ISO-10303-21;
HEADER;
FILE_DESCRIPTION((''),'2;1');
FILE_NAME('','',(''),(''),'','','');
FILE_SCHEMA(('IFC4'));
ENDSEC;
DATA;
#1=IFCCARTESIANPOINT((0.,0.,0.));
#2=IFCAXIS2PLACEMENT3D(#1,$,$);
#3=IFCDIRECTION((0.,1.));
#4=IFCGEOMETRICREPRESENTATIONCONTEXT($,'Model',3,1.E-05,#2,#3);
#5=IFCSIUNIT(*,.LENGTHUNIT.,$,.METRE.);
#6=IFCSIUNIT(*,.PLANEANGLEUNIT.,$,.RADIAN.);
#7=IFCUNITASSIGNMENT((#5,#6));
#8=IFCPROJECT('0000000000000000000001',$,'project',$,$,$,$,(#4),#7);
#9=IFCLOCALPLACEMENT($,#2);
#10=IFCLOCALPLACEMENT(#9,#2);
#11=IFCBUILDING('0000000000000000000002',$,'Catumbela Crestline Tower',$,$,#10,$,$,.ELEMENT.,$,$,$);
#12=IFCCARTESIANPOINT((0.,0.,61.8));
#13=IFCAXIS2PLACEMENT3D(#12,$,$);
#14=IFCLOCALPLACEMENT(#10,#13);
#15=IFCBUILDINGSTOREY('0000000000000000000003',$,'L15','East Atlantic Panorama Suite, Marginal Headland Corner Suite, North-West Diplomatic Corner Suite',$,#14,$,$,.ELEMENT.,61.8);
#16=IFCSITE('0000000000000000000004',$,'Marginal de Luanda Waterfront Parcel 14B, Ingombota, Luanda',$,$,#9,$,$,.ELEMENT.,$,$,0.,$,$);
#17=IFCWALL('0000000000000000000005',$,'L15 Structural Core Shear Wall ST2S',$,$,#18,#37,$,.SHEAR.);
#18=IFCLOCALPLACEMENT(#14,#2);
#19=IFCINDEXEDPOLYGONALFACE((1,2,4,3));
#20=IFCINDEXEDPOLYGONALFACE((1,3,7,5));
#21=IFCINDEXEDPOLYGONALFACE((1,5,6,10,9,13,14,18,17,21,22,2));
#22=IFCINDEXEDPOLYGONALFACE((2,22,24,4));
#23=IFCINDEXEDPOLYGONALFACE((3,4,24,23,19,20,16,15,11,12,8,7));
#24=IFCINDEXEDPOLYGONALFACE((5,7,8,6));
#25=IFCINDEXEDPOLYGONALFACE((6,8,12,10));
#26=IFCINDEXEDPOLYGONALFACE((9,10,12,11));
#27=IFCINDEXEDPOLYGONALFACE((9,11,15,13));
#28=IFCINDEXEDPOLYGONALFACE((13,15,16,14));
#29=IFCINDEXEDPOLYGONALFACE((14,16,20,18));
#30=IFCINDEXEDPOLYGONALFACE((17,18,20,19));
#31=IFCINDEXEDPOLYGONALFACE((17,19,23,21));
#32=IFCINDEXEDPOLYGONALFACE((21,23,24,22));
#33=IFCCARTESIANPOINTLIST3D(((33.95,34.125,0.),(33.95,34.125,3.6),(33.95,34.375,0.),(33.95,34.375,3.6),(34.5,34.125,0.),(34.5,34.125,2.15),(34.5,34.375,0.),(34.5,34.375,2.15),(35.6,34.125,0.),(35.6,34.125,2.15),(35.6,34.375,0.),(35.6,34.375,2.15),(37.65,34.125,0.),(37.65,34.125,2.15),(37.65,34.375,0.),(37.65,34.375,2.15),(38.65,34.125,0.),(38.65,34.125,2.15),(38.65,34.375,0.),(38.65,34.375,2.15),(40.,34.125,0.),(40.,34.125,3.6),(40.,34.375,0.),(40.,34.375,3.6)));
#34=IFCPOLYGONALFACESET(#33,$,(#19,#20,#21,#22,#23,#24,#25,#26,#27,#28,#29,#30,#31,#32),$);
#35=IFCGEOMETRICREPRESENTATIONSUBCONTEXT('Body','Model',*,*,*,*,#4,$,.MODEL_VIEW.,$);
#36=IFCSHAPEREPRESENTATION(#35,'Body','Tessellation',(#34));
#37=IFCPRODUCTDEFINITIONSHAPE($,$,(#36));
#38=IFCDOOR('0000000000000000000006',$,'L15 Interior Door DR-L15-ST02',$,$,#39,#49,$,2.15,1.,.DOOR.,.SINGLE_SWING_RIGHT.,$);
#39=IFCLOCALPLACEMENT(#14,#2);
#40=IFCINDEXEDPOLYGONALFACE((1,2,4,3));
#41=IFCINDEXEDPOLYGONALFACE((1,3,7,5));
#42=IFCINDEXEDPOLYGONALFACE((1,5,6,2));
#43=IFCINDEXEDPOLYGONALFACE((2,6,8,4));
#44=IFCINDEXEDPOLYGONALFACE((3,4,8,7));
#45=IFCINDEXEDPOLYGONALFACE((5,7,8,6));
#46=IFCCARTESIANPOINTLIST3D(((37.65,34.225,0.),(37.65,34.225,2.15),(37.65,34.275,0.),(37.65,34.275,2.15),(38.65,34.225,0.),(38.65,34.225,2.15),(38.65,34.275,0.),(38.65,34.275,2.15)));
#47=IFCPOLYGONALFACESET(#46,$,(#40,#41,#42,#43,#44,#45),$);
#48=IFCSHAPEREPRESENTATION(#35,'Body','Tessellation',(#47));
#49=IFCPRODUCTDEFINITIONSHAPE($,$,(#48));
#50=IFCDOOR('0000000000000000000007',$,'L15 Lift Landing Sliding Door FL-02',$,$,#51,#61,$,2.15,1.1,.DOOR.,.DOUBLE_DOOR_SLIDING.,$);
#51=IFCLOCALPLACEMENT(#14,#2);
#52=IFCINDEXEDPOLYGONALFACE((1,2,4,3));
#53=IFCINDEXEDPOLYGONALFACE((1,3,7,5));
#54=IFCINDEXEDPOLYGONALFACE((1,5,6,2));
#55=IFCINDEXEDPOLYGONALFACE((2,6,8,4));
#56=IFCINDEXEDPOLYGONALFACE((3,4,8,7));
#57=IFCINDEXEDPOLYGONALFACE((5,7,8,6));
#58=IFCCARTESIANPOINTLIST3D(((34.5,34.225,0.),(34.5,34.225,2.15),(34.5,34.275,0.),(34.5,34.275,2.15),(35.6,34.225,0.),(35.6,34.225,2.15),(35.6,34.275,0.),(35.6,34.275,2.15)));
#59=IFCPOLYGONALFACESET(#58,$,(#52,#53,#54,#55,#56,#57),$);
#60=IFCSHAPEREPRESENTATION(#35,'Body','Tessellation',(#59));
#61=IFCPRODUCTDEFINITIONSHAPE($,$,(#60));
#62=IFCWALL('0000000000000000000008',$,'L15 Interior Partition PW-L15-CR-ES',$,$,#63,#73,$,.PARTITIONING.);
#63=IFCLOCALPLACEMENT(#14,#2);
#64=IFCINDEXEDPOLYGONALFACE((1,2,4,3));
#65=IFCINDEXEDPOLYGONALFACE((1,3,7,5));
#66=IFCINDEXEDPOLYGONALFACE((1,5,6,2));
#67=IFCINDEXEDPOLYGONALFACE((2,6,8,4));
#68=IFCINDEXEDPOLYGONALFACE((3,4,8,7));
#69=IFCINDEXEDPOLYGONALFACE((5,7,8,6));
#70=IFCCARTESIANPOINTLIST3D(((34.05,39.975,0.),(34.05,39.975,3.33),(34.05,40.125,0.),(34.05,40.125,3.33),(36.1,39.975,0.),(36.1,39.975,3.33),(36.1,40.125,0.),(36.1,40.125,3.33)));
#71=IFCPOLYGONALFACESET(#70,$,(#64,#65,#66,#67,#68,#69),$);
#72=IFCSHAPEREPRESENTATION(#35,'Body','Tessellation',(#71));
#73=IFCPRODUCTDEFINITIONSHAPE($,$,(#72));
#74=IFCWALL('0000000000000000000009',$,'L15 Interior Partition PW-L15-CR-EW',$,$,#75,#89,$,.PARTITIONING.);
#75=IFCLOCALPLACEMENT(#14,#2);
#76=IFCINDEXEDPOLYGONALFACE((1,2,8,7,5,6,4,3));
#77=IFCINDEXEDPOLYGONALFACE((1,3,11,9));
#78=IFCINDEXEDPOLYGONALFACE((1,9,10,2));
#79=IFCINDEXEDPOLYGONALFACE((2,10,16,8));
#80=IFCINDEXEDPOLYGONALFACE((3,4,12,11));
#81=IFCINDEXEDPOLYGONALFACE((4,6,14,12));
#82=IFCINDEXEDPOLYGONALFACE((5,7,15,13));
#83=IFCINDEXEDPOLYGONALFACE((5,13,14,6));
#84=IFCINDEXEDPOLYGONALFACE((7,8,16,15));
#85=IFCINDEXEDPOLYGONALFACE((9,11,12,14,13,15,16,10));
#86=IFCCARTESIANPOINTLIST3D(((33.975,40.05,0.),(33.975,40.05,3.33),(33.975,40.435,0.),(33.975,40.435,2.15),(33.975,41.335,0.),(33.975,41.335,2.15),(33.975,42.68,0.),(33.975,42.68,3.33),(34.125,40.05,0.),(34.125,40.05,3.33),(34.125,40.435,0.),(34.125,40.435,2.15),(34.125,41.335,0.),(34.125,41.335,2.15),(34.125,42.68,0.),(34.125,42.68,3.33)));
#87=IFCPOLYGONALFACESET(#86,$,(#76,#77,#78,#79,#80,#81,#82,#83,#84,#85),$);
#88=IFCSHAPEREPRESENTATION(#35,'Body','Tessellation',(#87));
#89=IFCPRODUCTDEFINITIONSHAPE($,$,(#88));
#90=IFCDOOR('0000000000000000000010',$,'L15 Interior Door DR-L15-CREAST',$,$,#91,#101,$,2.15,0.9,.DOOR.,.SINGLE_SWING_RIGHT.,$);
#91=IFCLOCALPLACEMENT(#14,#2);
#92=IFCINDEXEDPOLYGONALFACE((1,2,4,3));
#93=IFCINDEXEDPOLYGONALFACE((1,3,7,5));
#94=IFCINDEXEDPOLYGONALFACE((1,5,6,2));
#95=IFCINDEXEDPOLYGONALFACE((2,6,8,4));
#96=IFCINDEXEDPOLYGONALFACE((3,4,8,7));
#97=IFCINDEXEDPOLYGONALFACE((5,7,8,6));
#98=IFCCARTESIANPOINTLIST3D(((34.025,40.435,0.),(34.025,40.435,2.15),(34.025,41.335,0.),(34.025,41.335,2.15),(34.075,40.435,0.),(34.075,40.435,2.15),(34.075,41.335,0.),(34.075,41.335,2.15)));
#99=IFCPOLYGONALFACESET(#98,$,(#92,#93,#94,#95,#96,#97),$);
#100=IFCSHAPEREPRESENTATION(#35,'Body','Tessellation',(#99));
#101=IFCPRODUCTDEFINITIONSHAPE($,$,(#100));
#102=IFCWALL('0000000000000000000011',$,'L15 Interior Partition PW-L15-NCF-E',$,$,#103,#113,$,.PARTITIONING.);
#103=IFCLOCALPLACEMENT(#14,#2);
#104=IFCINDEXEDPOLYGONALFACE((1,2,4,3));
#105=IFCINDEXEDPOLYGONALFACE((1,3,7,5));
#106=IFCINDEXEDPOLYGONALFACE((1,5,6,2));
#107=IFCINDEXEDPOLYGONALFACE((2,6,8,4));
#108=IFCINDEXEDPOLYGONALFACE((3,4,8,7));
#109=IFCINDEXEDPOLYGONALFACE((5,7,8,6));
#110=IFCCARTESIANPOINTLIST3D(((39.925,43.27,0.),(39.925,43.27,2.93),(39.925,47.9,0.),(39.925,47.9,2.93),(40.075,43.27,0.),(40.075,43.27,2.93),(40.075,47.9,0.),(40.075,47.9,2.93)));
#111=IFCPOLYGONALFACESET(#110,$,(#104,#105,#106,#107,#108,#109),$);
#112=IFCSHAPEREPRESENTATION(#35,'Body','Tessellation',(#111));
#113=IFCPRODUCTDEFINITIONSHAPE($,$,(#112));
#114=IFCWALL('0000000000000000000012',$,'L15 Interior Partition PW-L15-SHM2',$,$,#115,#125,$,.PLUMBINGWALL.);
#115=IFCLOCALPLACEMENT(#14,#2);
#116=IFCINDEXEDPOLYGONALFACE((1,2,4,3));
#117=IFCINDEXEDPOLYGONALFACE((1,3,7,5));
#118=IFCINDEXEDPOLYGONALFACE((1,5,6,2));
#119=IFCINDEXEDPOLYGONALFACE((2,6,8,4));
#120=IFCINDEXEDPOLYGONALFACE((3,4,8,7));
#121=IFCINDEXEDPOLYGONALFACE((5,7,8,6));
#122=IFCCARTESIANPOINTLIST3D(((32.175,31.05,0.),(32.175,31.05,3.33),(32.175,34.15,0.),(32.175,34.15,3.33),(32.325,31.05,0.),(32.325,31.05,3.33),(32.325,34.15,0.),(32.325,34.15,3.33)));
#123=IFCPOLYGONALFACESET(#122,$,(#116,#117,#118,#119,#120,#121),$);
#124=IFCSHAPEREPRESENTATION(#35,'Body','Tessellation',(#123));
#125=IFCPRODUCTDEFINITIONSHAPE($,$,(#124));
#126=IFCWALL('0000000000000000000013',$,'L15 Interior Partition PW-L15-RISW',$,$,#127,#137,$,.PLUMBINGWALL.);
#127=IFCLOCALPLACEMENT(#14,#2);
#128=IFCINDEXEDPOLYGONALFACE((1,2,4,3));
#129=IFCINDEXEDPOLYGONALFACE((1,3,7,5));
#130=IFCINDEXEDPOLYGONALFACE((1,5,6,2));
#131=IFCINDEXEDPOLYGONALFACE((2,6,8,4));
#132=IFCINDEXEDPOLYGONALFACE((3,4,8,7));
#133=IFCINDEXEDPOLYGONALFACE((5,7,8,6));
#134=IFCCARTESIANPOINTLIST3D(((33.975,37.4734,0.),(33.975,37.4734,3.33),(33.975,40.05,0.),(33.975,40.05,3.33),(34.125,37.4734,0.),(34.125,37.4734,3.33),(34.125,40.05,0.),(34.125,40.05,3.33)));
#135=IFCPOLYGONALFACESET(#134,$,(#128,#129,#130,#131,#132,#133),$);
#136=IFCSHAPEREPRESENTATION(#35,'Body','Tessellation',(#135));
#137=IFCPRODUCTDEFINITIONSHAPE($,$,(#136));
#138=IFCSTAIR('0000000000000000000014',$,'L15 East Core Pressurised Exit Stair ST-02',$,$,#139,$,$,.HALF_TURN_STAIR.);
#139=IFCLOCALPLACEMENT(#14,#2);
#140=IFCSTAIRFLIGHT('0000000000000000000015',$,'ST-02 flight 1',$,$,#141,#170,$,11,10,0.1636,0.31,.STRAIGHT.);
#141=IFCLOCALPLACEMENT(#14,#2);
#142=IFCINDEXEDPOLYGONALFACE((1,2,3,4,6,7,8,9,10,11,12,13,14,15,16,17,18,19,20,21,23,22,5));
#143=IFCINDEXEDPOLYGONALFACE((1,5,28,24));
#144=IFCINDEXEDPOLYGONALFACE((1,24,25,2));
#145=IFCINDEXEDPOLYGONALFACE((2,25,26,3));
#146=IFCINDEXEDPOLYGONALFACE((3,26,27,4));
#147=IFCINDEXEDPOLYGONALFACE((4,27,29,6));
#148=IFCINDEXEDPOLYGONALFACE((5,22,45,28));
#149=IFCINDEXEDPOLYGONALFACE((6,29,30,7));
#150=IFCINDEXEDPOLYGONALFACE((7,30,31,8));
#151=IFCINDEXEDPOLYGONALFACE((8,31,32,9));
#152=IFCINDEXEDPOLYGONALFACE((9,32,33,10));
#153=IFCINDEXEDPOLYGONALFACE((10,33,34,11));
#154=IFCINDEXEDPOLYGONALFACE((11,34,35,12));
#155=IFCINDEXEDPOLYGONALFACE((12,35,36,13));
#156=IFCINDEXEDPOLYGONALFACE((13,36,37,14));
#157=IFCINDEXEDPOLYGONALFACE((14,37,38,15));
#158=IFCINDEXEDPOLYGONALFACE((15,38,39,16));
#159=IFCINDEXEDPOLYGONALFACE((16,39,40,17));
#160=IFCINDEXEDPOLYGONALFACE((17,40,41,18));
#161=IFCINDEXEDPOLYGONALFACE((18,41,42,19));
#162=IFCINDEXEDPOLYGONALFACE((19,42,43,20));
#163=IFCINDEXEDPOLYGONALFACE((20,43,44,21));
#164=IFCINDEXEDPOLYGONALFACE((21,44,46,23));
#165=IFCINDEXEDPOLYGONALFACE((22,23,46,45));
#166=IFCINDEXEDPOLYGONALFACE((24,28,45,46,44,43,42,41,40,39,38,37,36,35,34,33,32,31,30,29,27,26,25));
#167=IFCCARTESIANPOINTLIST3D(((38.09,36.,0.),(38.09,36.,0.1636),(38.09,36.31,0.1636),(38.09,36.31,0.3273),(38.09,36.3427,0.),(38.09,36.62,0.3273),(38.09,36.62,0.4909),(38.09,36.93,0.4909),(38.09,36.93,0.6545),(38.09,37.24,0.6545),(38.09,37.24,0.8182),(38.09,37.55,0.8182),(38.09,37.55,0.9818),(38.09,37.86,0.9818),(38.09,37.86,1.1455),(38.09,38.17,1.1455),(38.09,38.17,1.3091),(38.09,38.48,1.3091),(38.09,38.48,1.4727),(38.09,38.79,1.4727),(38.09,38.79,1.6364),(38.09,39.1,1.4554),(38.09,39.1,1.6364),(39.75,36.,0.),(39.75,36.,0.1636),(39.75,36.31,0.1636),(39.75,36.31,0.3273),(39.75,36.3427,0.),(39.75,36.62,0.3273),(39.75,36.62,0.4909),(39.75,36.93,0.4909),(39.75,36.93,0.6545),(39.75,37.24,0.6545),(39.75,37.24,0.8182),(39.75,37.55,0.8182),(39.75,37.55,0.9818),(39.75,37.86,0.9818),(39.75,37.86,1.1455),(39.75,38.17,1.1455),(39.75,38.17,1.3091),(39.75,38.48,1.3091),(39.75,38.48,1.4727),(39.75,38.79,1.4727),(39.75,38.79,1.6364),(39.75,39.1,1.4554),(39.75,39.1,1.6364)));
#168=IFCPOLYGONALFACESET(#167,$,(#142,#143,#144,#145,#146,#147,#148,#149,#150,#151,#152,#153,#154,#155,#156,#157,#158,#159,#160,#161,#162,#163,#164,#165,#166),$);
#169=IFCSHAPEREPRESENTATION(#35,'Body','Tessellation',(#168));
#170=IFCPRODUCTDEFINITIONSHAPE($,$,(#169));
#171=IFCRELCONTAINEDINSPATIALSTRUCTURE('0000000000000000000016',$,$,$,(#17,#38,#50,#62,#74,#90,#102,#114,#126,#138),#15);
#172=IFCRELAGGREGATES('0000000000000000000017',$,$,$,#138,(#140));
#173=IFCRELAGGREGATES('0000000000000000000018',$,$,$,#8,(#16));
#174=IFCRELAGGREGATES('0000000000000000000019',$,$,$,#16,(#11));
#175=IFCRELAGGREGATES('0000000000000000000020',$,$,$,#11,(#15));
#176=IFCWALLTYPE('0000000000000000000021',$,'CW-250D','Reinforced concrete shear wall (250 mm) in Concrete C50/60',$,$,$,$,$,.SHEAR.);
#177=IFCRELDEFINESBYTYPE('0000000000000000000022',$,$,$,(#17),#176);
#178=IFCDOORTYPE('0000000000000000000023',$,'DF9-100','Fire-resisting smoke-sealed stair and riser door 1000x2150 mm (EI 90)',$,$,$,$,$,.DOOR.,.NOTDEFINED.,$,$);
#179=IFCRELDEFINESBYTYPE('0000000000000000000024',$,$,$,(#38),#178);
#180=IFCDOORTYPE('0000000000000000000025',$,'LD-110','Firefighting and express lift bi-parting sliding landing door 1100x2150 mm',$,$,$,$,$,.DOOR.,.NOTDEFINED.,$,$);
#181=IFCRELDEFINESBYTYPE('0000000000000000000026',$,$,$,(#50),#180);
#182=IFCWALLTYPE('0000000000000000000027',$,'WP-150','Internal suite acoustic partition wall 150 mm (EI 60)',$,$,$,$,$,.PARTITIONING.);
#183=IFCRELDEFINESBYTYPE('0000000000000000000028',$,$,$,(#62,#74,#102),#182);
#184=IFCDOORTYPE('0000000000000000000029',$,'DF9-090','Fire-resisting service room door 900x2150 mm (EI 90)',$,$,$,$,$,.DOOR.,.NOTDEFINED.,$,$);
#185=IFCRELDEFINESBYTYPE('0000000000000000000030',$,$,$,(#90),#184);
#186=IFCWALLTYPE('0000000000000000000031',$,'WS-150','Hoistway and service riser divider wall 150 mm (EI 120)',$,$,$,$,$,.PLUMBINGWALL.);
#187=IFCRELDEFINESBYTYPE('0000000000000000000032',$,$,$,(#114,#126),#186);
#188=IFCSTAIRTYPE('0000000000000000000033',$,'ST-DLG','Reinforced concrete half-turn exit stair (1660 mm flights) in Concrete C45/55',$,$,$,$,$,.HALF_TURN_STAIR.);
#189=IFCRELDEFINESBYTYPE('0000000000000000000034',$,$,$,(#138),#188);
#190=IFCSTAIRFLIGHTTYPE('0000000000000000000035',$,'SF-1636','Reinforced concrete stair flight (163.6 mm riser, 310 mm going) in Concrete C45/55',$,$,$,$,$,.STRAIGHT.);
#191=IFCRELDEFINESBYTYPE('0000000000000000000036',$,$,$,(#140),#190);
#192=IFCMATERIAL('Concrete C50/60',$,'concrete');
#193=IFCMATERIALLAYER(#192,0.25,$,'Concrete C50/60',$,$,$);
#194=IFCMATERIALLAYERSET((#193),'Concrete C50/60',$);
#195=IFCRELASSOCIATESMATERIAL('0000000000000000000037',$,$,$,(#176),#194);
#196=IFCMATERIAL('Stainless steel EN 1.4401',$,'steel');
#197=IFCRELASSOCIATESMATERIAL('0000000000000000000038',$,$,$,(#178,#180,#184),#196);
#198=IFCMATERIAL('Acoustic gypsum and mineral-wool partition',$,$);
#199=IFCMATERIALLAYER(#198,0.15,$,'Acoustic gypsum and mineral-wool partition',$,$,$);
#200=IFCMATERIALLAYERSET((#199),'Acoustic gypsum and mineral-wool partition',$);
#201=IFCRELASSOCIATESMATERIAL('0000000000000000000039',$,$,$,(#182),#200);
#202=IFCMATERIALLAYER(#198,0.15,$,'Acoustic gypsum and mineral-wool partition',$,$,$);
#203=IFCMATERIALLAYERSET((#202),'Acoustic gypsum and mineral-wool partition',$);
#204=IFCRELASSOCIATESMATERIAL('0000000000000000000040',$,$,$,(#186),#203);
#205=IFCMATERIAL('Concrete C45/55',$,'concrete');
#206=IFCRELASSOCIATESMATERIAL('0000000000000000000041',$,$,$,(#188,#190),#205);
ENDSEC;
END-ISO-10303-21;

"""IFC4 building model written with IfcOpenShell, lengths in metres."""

from ifc_helpers import new_model, si_unit, direction, frame, frame_2d, origin, place, context, subcontext, project, spatial, polyline, rectangle, outline, extrude, material, layer, layer_set, type_object, element, fill, aggregate, save


model = new_model("IFC4")

# Units and contexts
model_context = context("Model", 3, precision=1e-05, world=origin(), true_north=direction((0.0, 1.0)))
body_context = subcontext(model_context, "Body", "Model", "MODEL_VIEW")
ifc_project = project(units=[si_unit("LENGTHUNIT", "METRE"), si_unit("PLANEANGLEUNIT", "RADIAN")], contexts=[model_context])

# Site, building, storey
site_placement = place(None, origin())
site = spatial("IfcSite", under=ifc_project, at=site_placement, Name="Marginal de Luanda Waterfront Parcel 14B, Ingombota, Luanda", CompositionType="ELEMENT", RefElevation=0.0)
building_placement = place(site_placement, origin())
building = spatial("IfcBuilding", under=site, at=building_placement, Name="Catumbela Crestline Tower", CompositionType="ELEMENT")
storey_placement = place(building_placement, frame((0.0, 0.0, 61.8)))
storey = spatial("IfcBuildingStorey", under=building, at=storey_placement, Name="L15", Description="East Atlantic Panorama Suite, Marginal Headland Corner Suite, North-West Diplomatic Corner Suite", CompositionType="ELEMENT", Elevation=61.8)

# Shared definitions
ifc_material_1 = material(Name="Concrete C50/60", Category="concrete")
ifc_layer_1 = layer(ifc_material_1, 0.25, Name="Concrete C50/60")
ifc_layer_set_1 = layer_set([ifc_layer_1], Name="Concrete C50/60")
wall_type_1 = type_object("IfcWallType", Name="CW-250D", Description="Reinforced concrete shear wall (250 mm) in Concrete C50/60", PredefinedType="SHEAR", material=ifc_layer_set_1)

# Wall, openings, doors
wall_1_placement = place(storey_placement, frame((33.95, 34.25, 0.0), z_axis=(0.0, 0.0, 1.0), x_axis=(1.0, 0.0, 0.0)))
wall_1 = element("IfcWall", 1, at=wall_1_placement, inside=storey, type_object=wall_type_1, Name="L15 Structural Core Shear Wall ST2S", PredefinedType="SHEAR", context=body_context, shape_type="SweptSolid", body=[
    extrude(rectangle(XDim=6.05, YDim=0.25, at=frame_2d((3.025, 0.0))), origin(), (0.0, 0.0, 1.0), 3.6),
])
opening_1_placement = place(wall_1_placement, frame((3.7, 0.0, 0.0)))
opening_1 = element("IfcOpeningElement", 2, at=opening_1_placement, cuts=wall_1, PredefinedType="OPENING", context=body_context, shape_type="SweptSolid", body=[
    extrude(rectangle(XDim=1.0, YDim=2.15, at=frame_2d((0.5, 1.075))), frame((0.0, 0.135, 0.0), z_axis=(0.0, -1.0, 0.0), x_axis=(1.0, 0.0, 0.0)), (0.0, 0.0, 1.0), 0.27),
])
opening_2_placement = place(wall_1_placement, frame((0.55, 0.0, 0.0)))
opening_2 = element("IfcOpeningElement", 3, at=opening_2_placement, cuts=wall_1, PredefinedType="OPENING", context=body_context, shape_type="SweptSolid", body=[
    extrude(rectangle(XDim=1.1, YDim=2.15, at=frame_2d((0.55, 1.075))), frame((0.0, 0.135, 0.0), z_axis=(0.0, -1.0, 0.0), x_axis=(1.0, 0.0, 0.0)), (0.0, 0.0, 1.0), 0.27),
])
ifc_material_2 = material(Name="Stainless steel EN 1.4401", Category="steel")
door_type_1 = type_object("IfcDoorType", Name="DF9-100", Description="Fire-resisting smoke-sealed stair and riser door 1000x2150 mm (EI 90)", OperationType="NOTDEFINED", PredefinedType="DOOR", material=ifc_material_2)
door_1_placement = place(opening_1_placement, origin())
door_1 = element("IfcDoor", 4, at=door_1_placement, inside=storey, type_object=door_type_1, Name="L15 Interior Door DR-L15-ST02", OperationType="SINGLE_SWING_RIGHT", OverallHeight=2.15, OverallWidth=1.0, PredefinedType="DOOR", context=body_context, shape_type="SweptSolid", body=[
    extrude(rectangle(XDim=1.0, YDim=2.15, at=frame_2d((0.5, 1.075))), frame((0.0, 0.025, 0.0), z_axis=(0.0, -1.0, 0.0), x_axis=(1.0, 0.0, 0.0)), (0.0, 0.0, 1.0), 0.05),
])
fill(opening_1, door_1)
door_type_2 = type_object("IfcDoorType", Name="LD-110", Description="Firefighting and express lift bi-parting sliding landing door 1100x2150 mm", OperationType="NOTDEFINED", PredefinedType="DOOR", material=ifc_material_2)
door_2_placement = place(opening_2_placement, origin())
door_2 = element("IfcDoor", 5, at=door_2_placement, inside=storey, type_object=door_type_2, Name="L15 Lift Landing Sliding Door FL-02", OperationType="DOUBLE_DOOR_SLIDING", OverallHeight=2.15, OverallWidth=1.1, PredefinedType="DOOR", context=body_context, shape_type="SweptSolid", body=[
    extrude(rectangle(XDim=1.1, YDim=2.15, at=frame_2d((0.55, 1.075))), frame((0.0, 0.025, 0.0), z_axis=(0.0, -1.0, 0.0), x_axis=(1.0, 0.0, 0.0)), (0.0, 0.0, 1.0), 0.05),
])
fill(opening_2, door_2)

# Wall
ifc_material_3 = material(Name="Acoustic gypsum and mineral-wool partition")
ifc_layer_2 = layer(ifc_material_3, 0.15, Name="Acoustic gypsum and mineral-wool partition")
ifc_layer_set_2 = layer_set([ifc_layer_2], Name="Acoustic gypsum and mineral-wool partition")
wall_type_2 = type_object("IfcWallType", Name="WP-150", Description="Internal suite acoustic partition wall 150 mm (EI 60)", PredefinedType="PARTITIONING", material=ifc_layer_set_2)
wall_2_placement = place(storey_placement, frame((34.05, 40.05, 0.0), z_axis=(0.0, 0.0, 1.0), x_axis=(1.0, 0.0, 0.0)))
element("IfcWall", 6, at=wall_2_placement, inside=storey, type_object=wall_type_2, Name="L15 Interior Partition PW-L15-CR-ES", PredefinedType="PARTITIONING", context=body_context, shape_type="SweptSolid", body=[
    extrude(rectangle(XDim=2.05, YDim=0.15, at=frame_2d((1.025, 0.0))), origin(), (0.0, 0.0, 1.0), 3.33),
])

# Wall, opening, door
wall_3_placement = place(storey_placement, frame((34.05, 40.05, 0.0), z_axis=(0.0, 0.0, 1.0), x_axis=(0.0, 1.0, 0.0)))
wall_3 = element("IfcWall", 7, at=wall_3_placement, inside=storey, type_object=wall_type_2, Name="L15 Interior Partition PW-L15-CR-EW", PredefinedType="PARTITIONING", context=body_context, shape_type="SweptSolid", body=[
    extrude(rectangle(XDim=2.63, YDim=0.15, at=frame_2d((1.315, 0.0))), origin(), (0.0, 0.0, 1.0), 3.33),
])
opening_3_placement = place(wall_3_placement, frame((0.385, 0.0, 0.0)))
opening_3 = element("IfcOpeningElement", 8, at=opening_3_placement, cuts=wall_3, PredefinedType="OPENING", context=body_context, shape_type="SweptSolid", body=[
    extrude(rectangle(XDim=0.9, YDim=2.15, at=frame_2d((0.45, 1.075))), frame((0.0, 0.085, 0.0), z_axis=(0.0, -1.0, 0.0), x_axis=(1.0, 0.0, 0.0)), (0.0, 0.0, 1.0), 0.17),
])
door_type_3 = type_object("IfcDoorType", Name="DF9-090", Description="Fire-resisting service room door 900x2150 mm (EI 90)", OperationType="NOTDEFINED", PredefinedType="DOOR", material=ifc_material_2)
door_3_placement = place(opening_3_placement, origin())
door_3 = element("IfcDoor", 9, at=door_3_placement, inside=storey, type_object=door_type_3, Name="L15 Interior Door DR-L15-CREAST", OperationType="SINGLE_SWING_RIGHT", OverallHeight=2.15, OverallWidth=0.9, PredefinedType="DOOR", context=body_context, shape_type="SweptSolid", body=[
    extrude(rectangle(XDim=0.9, YDim=2.15, at=frame_2d((0.45, 1.075))), frame((0.0, 0.025, 0.0), z_axis=(0.0, -1.0, 0.0), x_axis=(1.0, 0.0, 0.0)), (0.0, 0.0, 1.0), 0.05),
])
fill(opening_3, door_3)

# Walls
wall_4_placement = place(storey_placement, frame((40.0, 43.27, 0.0), z_axis=(0.0, 0.0, 1.0), x_axis=(0.0, 1.0, 0.0)))
element("IfcWall", 10, at=wall_4_placement, inside=storey, type_object=wall_type_2, Name="L15 Interior Partition PW-L15-NCF-E", PredefinedType="PARTITIONING", context=body_context, shape_type="SweptSolid", body=[
    extrude(rectangle(XDim=4.63, YDim=0.15, at=frame_2d((2.315, 0.0))), origin(), (0.0, 0.0, 1.0), 2.93),
])
ifc_layer_3 = layer(ifc_material_3, 0.15, Name="Acoustic gypsum and mineral-wool partition")
ifc_layer_set_3 = layer_set([ifc_layer_3], Name="Acoustic gypsum and mineral-wool partition")
wall_type_3 = type_object("IfcWallType", Name="WS-150", Description="Hoistway and service riser divider wall 150 mm (EI 120)", PredefinedType="PLUMBINGWALL", material=ifc_layer_set_3)
wall_5_placement = place(storey_placement, frame((32.25, 31.05, 0.0), z_axis=(0.0, 0.0, 1.0), x_axis=(0.0, 1.0, 0.0)))
element("IfcWall", 11, at=wall_5_placement, inside=storey, type_object=wall_type_3, Name="L15 Interior Partition PW-L15-SHM2", PredefinedType="PLUMBINGWALL", context=body_context, shape_type="SweptSolid", body=[
    extrude(rectangle(XDim=3.1, YDim=0.15, at=frame_2d((1.55, 0.0))), origin(), (0.0, 0.0, 1.0), 3.33),
])
wall_6_placement = place(storey_placement, frame((34.05, 37.4734, 0.0), z_axis=(0.0, 0.0, 1.0), x_axis=(0.0, 1.0, 0.0)))
element("IfcWall", 12, at=wall_6_placement, inside=storey, type_object=wall_type_3, Name="L15 Interior Partition PW-L15-RISW", PredefinedType="PLUMBINGWALL", context=body_context, shape_type="SweptSolid", body=[
    extrude(rectangle(XDim=2.5766, YDim=0.15, at=frame_2d((1.2883, 0.0))), origin(), (0.0, 0.0, 1.0), 3.33),
])

# Stair, stair flight
ifc_material_4 = material(Name="Concrete C45/55", Category="concrete")
stair_type = type_object("IfcStairType", Name="ST-DLG", Description="Reinforced concrete half-turn exit stair (1660 mm flights) in Concrete C45/55", PredefinedType="HALF_TURN_STAIR", material=ifc_material_4)
stair_placement = place(storey_placement, origin())
stair = element("IfcStair", 13, at=stair_placement, inside=storey, type_object=stair_type, Name="L15 East Core Pressurised Exit Stair ST-02", PredefinedType="HALF_TURN_STAIR")
stair_flight_type = type_object("IfcStairFlightType", Name="SF-1636", Description="Reinforced concrete stair flight (163.6 mm riser, 310 mm going) in Concrete C45/55", PredefinedType="STRAIGHT", material=ifc_material_4)
stair_flight_1_placement = place(storey_placement, frame((38.92, 36.0, 0.0), z_axis=(0.0, 0.0, 1.0), x_axis=(0.0, 1.0, 0.0)))
stair_flight_1 = element("IfcStairFlight", 14, at=stair_flight_1_placement, type_object=stair_flight_type, Name="ST-02 flight 1", NumberOfRisers=11, NumberOfTreads=10, PredefinedType="STRAIGHT", RiserHeight=0.1636, TreadLength=0.31, context=body_context, shape_type="SweptSolid", body=[
    extrude(outline(polyline([(0.0, 0.0), (0.0, 0.1636), (0.31, 0.1636), (0.31, 0.3273), (0.62, 0.3273), (0.62, 0.4909), (0.93, 0.4909), (0.93, 0.6545), (1.24, 0.6545), (1.24, 0.8182), (1.55, 0.8182), (1.55, 0.9818), (1.86, 0.9818), (1.86, 1.1455), (2.17, 1.1455), (2.17, 1.3091), (2.48, 1.3091), (2.48, 1.4727), (2.79, 1.4727), (2.79, 1.6364), (3.1, 1.6364), (3.1, 1.8), (3.1, 1.4554), (0.3427, 0.0), (0.0, 0.0)])), frame((0.0, 0.83, 0.0), z_axis=(0.0, -1.0, 0.0), x_axis=(1.0, 0.0, 0.0)), (0.0, 0.0, 1.0), 1.66),
])
aggregate(stair, [stair_flight_1])

save(model, "model.ifc")
